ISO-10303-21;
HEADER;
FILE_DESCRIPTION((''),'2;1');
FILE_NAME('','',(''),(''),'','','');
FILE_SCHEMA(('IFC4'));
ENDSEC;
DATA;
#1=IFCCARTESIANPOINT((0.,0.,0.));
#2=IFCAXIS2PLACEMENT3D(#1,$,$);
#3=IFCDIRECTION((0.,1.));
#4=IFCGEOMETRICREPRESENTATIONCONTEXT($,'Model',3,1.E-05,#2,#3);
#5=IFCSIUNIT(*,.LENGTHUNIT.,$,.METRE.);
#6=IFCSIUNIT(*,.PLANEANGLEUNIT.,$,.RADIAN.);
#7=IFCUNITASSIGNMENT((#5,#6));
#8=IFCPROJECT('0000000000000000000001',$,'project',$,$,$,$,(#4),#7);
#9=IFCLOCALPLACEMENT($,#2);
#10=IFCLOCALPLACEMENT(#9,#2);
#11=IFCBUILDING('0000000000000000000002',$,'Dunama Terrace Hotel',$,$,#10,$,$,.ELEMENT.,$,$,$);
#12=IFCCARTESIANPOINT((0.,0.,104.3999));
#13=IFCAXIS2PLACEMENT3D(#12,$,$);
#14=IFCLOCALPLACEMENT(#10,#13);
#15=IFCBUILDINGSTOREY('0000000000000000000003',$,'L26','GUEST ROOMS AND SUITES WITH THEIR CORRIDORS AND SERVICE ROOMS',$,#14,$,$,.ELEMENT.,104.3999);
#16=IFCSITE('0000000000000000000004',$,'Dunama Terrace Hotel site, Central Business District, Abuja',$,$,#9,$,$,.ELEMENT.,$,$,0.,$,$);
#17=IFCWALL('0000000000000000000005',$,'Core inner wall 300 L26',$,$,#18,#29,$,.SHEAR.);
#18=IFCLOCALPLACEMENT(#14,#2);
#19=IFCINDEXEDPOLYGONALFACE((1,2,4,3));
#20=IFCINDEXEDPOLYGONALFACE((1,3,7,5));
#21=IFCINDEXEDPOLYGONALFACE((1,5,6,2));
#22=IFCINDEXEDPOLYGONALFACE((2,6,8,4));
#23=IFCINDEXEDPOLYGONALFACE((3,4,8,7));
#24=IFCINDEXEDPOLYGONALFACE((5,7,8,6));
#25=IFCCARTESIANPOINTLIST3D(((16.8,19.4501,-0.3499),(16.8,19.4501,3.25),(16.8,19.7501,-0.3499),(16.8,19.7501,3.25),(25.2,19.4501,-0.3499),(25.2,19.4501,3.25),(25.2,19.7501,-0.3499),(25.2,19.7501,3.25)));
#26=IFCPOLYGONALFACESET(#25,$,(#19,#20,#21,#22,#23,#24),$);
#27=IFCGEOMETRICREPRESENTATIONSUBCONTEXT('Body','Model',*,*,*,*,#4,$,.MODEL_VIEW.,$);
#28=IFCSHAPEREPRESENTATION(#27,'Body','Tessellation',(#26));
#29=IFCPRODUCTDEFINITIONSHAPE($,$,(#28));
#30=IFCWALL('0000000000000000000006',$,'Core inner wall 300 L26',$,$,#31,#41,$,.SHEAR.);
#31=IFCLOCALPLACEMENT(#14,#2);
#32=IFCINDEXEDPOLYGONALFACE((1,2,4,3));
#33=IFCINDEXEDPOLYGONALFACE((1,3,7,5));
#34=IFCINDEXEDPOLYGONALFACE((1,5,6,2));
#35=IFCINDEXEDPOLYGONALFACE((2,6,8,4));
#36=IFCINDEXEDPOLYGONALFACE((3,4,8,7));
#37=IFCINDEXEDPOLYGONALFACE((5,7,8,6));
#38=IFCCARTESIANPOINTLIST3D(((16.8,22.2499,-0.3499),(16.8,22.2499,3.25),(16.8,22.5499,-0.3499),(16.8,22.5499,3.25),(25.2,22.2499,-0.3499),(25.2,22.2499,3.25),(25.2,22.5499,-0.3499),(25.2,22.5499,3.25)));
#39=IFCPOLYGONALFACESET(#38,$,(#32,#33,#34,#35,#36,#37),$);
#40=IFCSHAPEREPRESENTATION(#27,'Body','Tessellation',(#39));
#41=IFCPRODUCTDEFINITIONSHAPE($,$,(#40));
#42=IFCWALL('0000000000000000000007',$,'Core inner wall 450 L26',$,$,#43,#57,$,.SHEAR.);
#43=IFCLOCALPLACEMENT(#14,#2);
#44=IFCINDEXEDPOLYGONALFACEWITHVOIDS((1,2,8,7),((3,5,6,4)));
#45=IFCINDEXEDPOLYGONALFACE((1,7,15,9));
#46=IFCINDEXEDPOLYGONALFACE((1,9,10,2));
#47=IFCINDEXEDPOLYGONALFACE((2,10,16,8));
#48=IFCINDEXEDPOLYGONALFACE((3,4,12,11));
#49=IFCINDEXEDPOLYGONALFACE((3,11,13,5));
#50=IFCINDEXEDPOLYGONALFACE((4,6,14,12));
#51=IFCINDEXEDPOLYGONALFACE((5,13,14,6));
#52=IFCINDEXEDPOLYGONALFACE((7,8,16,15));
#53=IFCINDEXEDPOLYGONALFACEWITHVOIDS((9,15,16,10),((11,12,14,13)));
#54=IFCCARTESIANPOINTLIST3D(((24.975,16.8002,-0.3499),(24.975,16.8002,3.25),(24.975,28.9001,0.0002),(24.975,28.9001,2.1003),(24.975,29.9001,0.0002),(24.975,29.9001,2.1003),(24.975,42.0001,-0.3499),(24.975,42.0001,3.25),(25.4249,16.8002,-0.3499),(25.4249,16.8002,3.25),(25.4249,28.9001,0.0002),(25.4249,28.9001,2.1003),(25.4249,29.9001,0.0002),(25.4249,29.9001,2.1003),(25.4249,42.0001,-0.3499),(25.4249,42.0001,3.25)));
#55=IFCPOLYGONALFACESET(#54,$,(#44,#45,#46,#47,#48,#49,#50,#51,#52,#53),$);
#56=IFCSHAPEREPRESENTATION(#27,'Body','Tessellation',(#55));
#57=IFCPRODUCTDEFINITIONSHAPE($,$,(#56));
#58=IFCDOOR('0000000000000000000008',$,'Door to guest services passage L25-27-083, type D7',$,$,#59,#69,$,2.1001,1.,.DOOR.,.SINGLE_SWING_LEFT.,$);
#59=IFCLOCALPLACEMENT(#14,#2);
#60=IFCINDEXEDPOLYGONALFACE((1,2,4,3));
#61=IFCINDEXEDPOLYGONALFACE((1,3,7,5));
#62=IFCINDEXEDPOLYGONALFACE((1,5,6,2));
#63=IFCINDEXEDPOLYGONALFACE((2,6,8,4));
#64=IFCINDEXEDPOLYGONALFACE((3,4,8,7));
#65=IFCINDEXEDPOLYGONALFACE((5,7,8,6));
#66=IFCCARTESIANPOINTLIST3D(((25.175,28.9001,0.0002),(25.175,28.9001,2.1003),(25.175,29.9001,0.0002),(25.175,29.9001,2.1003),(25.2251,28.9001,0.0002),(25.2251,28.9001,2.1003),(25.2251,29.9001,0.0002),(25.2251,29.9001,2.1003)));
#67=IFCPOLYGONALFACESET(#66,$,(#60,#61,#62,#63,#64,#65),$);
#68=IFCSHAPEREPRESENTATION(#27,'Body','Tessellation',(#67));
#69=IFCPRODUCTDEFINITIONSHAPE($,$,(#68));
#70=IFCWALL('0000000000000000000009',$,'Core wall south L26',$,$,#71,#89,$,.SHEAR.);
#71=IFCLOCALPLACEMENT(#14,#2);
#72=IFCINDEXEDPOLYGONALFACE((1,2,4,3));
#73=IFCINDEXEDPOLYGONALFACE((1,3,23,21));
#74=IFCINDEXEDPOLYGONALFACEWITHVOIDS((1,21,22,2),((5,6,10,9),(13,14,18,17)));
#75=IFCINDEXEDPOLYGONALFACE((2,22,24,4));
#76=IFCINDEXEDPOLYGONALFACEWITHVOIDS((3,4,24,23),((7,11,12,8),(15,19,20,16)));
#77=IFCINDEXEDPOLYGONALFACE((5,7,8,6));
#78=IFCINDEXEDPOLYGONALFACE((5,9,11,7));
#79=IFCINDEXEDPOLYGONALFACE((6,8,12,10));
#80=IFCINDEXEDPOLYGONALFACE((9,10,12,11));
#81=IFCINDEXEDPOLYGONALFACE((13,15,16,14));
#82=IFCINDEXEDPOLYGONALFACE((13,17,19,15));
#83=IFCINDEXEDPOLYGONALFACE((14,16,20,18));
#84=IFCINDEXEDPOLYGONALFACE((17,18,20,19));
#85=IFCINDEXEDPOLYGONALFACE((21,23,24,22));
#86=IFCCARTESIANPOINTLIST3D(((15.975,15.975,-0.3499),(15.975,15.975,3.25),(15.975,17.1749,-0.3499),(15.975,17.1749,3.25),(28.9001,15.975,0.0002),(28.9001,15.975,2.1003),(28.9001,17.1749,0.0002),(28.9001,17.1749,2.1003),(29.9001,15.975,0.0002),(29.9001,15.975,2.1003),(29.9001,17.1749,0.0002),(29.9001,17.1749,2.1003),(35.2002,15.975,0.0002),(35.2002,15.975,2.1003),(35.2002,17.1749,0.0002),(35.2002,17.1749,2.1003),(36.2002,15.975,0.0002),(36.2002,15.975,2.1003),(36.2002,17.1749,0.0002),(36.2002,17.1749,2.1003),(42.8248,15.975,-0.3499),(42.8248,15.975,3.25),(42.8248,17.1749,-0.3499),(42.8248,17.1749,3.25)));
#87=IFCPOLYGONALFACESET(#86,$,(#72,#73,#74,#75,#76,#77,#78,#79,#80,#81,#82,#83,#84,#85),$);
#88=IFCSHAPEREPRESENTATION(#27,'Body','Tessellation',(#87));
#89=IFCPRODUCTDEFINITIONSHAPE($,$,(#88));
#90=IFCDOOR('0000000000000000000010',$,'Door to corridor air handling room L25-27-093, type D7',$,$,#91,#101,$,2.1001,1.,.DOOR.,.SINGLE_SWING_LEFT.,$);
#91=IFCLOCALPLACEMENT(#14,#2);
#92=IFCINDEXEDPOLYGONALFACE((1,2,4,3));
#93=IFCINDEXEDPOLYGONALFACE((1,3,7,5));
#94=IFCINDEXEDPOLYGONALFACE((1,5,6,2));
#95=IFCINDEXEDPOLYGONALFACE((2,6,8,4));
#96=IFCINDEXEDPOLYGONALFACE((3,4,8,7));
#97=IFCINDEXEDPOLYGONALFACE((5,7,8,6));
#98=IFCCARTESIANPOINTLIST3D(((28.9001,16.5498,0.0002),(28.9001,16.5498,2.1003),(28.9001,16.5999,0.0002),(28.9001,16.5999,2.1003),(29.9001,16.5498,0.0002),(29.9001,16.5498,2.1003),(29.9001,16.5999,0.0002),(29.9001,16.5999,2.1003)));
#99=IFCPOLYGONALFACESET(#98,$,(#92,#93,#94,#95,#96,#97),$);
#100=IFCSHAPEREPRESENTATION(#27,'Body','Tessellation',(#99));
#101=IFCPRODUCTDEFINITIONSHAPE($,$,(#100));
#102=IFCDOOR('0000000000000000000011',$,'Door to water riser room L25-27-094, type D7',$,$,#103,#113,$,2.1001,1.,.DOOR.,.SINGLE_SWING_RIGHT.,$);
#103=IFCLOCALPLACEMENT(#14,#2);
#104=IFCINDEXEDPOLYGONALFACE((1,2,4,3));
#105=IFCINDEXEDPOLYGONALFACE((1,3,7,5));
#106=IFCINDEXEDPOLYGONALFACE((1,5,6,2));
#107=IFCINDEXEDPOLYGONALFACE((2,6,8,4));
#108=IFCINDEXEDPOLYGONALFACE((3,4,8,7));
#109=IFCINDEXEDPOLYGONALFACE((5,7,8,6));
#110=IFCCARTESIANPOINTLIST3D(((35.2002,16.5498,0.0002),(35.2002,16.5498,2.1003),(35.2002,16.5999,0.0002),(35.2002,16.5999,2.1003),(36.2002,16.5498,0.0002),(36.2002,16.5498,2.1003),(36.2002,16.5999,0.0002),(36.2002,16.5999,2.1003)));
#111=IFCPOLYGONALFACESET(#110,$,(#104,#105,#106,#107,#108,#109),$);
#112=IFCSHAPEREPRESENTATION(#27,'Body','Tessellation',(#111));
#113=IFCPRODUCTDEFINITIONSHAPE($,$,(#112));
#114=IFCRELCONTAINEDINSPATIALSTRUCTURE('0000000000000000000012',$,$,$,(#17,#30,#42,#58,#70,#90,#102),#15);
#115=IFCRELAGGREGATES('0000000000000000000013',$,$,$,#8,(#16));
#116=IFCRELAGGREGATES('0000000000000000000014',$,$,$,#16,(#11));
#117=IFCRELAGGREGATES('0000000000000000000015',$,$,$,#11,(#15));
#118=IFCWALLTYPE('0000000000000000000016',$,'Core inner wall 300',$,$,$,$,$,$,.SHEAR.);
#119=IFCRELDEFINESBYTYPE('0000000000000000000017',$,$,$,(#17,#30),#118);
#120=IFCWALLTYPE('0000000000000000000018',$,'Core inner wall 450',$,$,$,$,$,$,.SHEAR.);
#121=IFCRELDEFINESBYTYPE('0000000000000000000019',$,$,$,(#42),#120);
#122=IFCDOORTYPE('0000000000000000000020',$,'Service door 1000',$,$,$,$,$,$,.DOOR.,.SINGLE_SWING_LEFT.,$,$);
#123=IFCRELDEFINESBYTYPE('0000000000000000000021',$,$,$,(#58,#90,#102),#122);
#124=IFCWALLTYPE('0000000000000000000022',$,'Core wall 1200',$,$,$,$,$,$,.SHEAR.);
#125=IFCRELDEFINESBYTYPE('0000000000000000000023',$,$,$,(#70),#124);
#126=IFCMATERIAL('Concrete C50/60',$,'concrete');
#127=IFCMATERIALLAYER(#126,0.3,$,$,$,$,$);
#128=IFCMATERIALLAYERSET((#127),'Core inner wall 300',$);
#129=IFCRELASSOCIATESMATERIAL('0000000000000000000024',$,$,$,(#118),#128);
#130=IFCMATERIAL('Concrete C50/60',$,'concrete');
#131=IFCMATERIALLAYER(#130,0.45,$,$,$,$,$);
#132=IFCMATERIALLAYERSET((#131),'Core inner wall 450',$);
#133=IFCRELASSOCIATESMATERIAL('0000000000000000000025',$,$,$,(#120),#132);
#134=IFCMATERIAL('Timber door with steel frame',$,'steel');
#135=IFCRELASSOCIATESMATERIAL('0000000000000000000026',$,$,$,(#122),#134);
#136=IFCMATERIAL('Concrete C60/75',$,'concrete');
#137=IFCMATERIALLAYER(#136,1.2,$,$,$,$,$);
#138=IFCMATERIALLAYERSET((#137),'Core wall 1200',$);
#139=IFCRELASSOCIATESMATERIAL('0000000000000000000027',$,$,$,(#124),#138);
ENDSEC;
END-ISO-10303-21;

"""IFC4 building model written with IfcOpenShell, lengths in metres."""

from ifc_helpers import new_model, si_unit, direction, frame, frame_2d, origin, place, context, subcontext, project, spatial, rectangle, extrude, material, layer, layer_set, type_object, element, fill, save


model = new_model("IFC4")

# Units and contexts
model_context = context("Model", 3, precision=1e-05, world=origin(), true_north=direction((0.0, 1.0)))
body_context = subcontext(model_context, "Body", "Model", "MODEL_VIEW")
ifc_project = project(units=[si_unit("LENGTHUNIT", "METRE"), si_unit("PLANEANGLEUNIT", "RADIAN")], contexts=[model_context])

# Site, building, storey
site_placement = place(None, origin())
site = spatial("IfcSite", under=ifc_project, at=site_placement, Name="Dunama Terrace Hotel site, Central Business District, Abuja", CompositionType="ELEMENT", RefElevation=0.0)
building_placement = place(site_placement, origin())
building = spatial("IfcBuilding", under=site, at=building_placement, Name="Dunama Terrace Hotel", CompositionType="ELEMENT")
storey_placement = place(building_placement, frame((0.0, 0.0, 104.3999)))
storey = spatial("IfcBuildingStorey", under=building, at=storey_placement, Name="L26", Description="GUEST ROOMS AND SUITES WITH THEIR CORRIDORS AND SERVICE ROOMS", CompositionType="ELEMENT", Elevation=104.3999)

# Walls
ifc_material_1 = material(Name="Concrete C50/60", Category="concrete")
ifc_layer_1 = layer(ifc_material_1, 0.3)
ifc_layer_set_1 = layer_set([ifc_layer_1], Name="Core inner wall 300")
wall_type_1 = type_object("IfcWallType", Name="Core inner wall 300", PredefinedType="SHEAR", material=ifc_layer_set_1)
for number, where, z_axis, x_axis, name in (
    (1, (16.8, 19.6001, -0.3499), (0.0, 0.0, 1.0), (1.0, 0.0, 0.0), "Core inner wall 300 L26"),
    (2, (16.8, 22.3999, -0.3499), (0.0, 0.0, 1.0), (1.0, 0.0, 0.0), "Core inner wall 300 L26"),
):
    element("IfcWall", number, at=place(storey_placement, frame(where, z_axis=z_axis, x_axis=x_axis)), inside=storey, type_object=wall_type_1, Name=name, PredefinedType="SHEAR", context=body_context, shape_type="SweptSolid", body=[
        extrude(rectangle(XDim=8.3999, YDim=0.3, at=frame_2d((4.2, 0.0))), origin(), (0.0, 0.0, 1.0), 3.5999),
    ])

# Wall, opening, door
ifc_material_2 = material(Name="Concrete C50/60", Category="concrete")
ifc_layer_2 = layer(ifc_material_2, 0.45)
ifc_layer_set_2 = layer_set([ifc_layer_2], Name="Core inner wall 450")
wall_type_2 = type_object("IfcWallType", Name="Core inner wall 450", PredefinedType="SHEAR", material=ifc_layer_set_2)
wall_1_placement = place(storey_placement, frame((25.2, 16.8, -0.3499), z_axis=(0.0, 0.0, 1.0), x_axis=(0.0, 1.0, 0.0)))
wall_1 = element("IfcWall", 3, at=wall_1_placement, inside=storey, type_object=wall_type_2, Name="Core inner wall 450 L26", PredefinedType="SHEAR", context=body_context, shape_type="SweptSolid", body=[
    extrude(rectangle(XDim=25.2, YDim=0.45, at=frame_2d((12.6001, 0.0))), origin(), (0.0, 0.0, 1.0), 3.5999),
])
opening_1_placement = place(wall_1_placement, frame((12.1001, 0.0, 0.3501)))
opening_1 = element("IfcOpeningElement", 4, at=opening_1_placement, cuts=wall_1, PredefinedType="OPENING", context=body_context, shape_type="SweptSolid", body=[
    extrude(rectangle(XDim=1.0, YDim=2.1001, at=frame_2d((0.5, 1.05))), frame((0.0, 0.2349, 0.0), z_axis=(0.0, -1.0, 0.0), x_axis=(1.0, 0.0, 0.0)), (0.0, 0.0, 1.0), 0.47),
])
ifc_material_3 = material(Name="Timber door with steel frame", Category="steel")
door_type_1 = type_object("IfcDoorType", Name="Service door 1000", OperationType="SINGLE_SWING_LEFT", PredefinedType="DOOR", material=ifc_material_3)
door_1_placement = place(opening_1_placement, origin())
door_1 = element("IfcDoor", 5, at=door_1_placement, inside=storey, type_object=door_type_1, Name="Door to guest services passage L25-27-083, type D7", OperationType="SINGLE_SWING_LEFT", OverallHeight=2.1001, OverallWidth=1.0, PredefinedType="DOOR", context=body_context, shape_type="SweptSolid", body=[
    extrude(rectangle(XDim=1.0, YDim=2.1001, at=frame_2d((0.5, 1.05))), frame((0.0, 0.0249, 0.0), z_axis=(0.0, -1.0, 0.0), x_axis=(1.0, 0.0, 0.0)), (0.0, 0.0, 1.0), 0.05),
])
fill(opening_1, door_1)

# Wall, openings, doors
ifc_material_4 = material(Name="Concrete C60/75", Category="concrete")
ifc_layer_3 = layer(ifc_material_4, 1.2)
ifc_layer_set_3 = layer_set([ifc_layer_3], Name="Core wall 1200")
wall_type_3 = type_object("IfcWallType", Name="Core wall 1200", PredefinedType="SHEAR", material=ifc_layer_set_3)
wall_2_placement = place(storey_placement, frame((15.9751, 16.575, -0.3499), z_axis=(0.0, 0.0, 1.0), x_axis=(1.0, 0.0, 0.0)))
wall_2 = element("IfcWall", 6, at=wall_2_placement, inside=storey, type_object=wall_type_3, Name="Core wall south L26", PredefinedType="SHEAR", context=body_context, shape_type="SweptSolid", body=[
    extrude(rectangle(XDim=26.8499, YDim=1.2, at=frame_2d((13.4248, 0.0))), origin(), (0.0, 0.0, 1.0), 3.5999),
])
opening_2_placement = place(wall_2_placement, frame((12.925, 0.0, 0.3501)))
opening_2 = element("IfcOpeningElement", 7, at=opening_2_placement, cuts=wall_2, PredefinedType="OPENING", context=body_context, shape_type="SweptSolid", body=[
    extrude(rectangle(XDim=1.0, YDim=2.1001, at=frame_2d((0.5, 1.05))), frame((0.0, 0.6099, 0.0), z_axis=(0.0, -1.0, 0.0), x_axis=(1.0, 0.0, 0.0)), (0.0, 0.0, 1.0), 1.22),
])
opening_3_placement = place(wall_2_placement, frame((19.2251, 0.0, 0.3501)))
opening_3 = element("IfcOpeningElement", 8, at=opening_3_placement, cuts=wall_2, PredefinedType="OPENING", context=body_context, shape_type="SweptSolid", body=[
    extrude(rectangle(XDim=1.0, YDim=2.1001, at=frame_2d((0.5, 1.05))), frame((0.0, 0.6099, 0.0), z_axis=(0.0, -1.0, 0.0), x_axis=(1.0, 0.0, 0.0)), (0.0, 0.0, 1.0), 1.22),
])
door_2_placement = place(opening_2_placement, origin())
door_2 = element("IfcDoor", 9, at=door_2_placement, inside=storey, type_object=door_type_1, Name="Door to corridor air handling room L25-27-093, type D7", OperationType="SINGLE_SWING_LEFT", OverallHeight=2.1001, OverallWidth=1.0, PredefinedType="DOOR", context=body_context, shape_type="SweptSolid", body=[
    extrude(rectangle(XDim=1.0, YDim=2.1001, at=frame_2d((0.5, 1.05))), frame((0.0, 0.0249, 0.0), z_axis=(0.0, -1.0, 0.0), x_axis=(1.0, 0.0, 0.0)), (0.0, 0.0, 1.0), 0.05),
])
fill(opening_2, door_2)
door_3_placement = place(opening_3_placement, origin())
door_3 = element("IfcDoor", 10, at=door_3_placement, inside=storey, type_object=door_type_1, Name="Door to water riser room L25-27-094, type D7", OperationType="SINGLE_SWING_RIGHT", OverallHeight=2.1001, OverallWidth=1.0, PredefinedType="DOOR", context=body_context, shape_type="SweptSolid", body=[
    extrude(rectangle(XDim=1.0, YDim=2.1001, at=frame_2d((0.5, 1.05))), frame((0.0, 0.0249, 0.0), z_axis=(0.0, -1.0, 0.0), x_axis=(1.0, 0.0, 0.0)), (0.0, 0.0, 1.0), 0.05),
])
fill(opening_3, door_3)

save(model, "model.ifc")
